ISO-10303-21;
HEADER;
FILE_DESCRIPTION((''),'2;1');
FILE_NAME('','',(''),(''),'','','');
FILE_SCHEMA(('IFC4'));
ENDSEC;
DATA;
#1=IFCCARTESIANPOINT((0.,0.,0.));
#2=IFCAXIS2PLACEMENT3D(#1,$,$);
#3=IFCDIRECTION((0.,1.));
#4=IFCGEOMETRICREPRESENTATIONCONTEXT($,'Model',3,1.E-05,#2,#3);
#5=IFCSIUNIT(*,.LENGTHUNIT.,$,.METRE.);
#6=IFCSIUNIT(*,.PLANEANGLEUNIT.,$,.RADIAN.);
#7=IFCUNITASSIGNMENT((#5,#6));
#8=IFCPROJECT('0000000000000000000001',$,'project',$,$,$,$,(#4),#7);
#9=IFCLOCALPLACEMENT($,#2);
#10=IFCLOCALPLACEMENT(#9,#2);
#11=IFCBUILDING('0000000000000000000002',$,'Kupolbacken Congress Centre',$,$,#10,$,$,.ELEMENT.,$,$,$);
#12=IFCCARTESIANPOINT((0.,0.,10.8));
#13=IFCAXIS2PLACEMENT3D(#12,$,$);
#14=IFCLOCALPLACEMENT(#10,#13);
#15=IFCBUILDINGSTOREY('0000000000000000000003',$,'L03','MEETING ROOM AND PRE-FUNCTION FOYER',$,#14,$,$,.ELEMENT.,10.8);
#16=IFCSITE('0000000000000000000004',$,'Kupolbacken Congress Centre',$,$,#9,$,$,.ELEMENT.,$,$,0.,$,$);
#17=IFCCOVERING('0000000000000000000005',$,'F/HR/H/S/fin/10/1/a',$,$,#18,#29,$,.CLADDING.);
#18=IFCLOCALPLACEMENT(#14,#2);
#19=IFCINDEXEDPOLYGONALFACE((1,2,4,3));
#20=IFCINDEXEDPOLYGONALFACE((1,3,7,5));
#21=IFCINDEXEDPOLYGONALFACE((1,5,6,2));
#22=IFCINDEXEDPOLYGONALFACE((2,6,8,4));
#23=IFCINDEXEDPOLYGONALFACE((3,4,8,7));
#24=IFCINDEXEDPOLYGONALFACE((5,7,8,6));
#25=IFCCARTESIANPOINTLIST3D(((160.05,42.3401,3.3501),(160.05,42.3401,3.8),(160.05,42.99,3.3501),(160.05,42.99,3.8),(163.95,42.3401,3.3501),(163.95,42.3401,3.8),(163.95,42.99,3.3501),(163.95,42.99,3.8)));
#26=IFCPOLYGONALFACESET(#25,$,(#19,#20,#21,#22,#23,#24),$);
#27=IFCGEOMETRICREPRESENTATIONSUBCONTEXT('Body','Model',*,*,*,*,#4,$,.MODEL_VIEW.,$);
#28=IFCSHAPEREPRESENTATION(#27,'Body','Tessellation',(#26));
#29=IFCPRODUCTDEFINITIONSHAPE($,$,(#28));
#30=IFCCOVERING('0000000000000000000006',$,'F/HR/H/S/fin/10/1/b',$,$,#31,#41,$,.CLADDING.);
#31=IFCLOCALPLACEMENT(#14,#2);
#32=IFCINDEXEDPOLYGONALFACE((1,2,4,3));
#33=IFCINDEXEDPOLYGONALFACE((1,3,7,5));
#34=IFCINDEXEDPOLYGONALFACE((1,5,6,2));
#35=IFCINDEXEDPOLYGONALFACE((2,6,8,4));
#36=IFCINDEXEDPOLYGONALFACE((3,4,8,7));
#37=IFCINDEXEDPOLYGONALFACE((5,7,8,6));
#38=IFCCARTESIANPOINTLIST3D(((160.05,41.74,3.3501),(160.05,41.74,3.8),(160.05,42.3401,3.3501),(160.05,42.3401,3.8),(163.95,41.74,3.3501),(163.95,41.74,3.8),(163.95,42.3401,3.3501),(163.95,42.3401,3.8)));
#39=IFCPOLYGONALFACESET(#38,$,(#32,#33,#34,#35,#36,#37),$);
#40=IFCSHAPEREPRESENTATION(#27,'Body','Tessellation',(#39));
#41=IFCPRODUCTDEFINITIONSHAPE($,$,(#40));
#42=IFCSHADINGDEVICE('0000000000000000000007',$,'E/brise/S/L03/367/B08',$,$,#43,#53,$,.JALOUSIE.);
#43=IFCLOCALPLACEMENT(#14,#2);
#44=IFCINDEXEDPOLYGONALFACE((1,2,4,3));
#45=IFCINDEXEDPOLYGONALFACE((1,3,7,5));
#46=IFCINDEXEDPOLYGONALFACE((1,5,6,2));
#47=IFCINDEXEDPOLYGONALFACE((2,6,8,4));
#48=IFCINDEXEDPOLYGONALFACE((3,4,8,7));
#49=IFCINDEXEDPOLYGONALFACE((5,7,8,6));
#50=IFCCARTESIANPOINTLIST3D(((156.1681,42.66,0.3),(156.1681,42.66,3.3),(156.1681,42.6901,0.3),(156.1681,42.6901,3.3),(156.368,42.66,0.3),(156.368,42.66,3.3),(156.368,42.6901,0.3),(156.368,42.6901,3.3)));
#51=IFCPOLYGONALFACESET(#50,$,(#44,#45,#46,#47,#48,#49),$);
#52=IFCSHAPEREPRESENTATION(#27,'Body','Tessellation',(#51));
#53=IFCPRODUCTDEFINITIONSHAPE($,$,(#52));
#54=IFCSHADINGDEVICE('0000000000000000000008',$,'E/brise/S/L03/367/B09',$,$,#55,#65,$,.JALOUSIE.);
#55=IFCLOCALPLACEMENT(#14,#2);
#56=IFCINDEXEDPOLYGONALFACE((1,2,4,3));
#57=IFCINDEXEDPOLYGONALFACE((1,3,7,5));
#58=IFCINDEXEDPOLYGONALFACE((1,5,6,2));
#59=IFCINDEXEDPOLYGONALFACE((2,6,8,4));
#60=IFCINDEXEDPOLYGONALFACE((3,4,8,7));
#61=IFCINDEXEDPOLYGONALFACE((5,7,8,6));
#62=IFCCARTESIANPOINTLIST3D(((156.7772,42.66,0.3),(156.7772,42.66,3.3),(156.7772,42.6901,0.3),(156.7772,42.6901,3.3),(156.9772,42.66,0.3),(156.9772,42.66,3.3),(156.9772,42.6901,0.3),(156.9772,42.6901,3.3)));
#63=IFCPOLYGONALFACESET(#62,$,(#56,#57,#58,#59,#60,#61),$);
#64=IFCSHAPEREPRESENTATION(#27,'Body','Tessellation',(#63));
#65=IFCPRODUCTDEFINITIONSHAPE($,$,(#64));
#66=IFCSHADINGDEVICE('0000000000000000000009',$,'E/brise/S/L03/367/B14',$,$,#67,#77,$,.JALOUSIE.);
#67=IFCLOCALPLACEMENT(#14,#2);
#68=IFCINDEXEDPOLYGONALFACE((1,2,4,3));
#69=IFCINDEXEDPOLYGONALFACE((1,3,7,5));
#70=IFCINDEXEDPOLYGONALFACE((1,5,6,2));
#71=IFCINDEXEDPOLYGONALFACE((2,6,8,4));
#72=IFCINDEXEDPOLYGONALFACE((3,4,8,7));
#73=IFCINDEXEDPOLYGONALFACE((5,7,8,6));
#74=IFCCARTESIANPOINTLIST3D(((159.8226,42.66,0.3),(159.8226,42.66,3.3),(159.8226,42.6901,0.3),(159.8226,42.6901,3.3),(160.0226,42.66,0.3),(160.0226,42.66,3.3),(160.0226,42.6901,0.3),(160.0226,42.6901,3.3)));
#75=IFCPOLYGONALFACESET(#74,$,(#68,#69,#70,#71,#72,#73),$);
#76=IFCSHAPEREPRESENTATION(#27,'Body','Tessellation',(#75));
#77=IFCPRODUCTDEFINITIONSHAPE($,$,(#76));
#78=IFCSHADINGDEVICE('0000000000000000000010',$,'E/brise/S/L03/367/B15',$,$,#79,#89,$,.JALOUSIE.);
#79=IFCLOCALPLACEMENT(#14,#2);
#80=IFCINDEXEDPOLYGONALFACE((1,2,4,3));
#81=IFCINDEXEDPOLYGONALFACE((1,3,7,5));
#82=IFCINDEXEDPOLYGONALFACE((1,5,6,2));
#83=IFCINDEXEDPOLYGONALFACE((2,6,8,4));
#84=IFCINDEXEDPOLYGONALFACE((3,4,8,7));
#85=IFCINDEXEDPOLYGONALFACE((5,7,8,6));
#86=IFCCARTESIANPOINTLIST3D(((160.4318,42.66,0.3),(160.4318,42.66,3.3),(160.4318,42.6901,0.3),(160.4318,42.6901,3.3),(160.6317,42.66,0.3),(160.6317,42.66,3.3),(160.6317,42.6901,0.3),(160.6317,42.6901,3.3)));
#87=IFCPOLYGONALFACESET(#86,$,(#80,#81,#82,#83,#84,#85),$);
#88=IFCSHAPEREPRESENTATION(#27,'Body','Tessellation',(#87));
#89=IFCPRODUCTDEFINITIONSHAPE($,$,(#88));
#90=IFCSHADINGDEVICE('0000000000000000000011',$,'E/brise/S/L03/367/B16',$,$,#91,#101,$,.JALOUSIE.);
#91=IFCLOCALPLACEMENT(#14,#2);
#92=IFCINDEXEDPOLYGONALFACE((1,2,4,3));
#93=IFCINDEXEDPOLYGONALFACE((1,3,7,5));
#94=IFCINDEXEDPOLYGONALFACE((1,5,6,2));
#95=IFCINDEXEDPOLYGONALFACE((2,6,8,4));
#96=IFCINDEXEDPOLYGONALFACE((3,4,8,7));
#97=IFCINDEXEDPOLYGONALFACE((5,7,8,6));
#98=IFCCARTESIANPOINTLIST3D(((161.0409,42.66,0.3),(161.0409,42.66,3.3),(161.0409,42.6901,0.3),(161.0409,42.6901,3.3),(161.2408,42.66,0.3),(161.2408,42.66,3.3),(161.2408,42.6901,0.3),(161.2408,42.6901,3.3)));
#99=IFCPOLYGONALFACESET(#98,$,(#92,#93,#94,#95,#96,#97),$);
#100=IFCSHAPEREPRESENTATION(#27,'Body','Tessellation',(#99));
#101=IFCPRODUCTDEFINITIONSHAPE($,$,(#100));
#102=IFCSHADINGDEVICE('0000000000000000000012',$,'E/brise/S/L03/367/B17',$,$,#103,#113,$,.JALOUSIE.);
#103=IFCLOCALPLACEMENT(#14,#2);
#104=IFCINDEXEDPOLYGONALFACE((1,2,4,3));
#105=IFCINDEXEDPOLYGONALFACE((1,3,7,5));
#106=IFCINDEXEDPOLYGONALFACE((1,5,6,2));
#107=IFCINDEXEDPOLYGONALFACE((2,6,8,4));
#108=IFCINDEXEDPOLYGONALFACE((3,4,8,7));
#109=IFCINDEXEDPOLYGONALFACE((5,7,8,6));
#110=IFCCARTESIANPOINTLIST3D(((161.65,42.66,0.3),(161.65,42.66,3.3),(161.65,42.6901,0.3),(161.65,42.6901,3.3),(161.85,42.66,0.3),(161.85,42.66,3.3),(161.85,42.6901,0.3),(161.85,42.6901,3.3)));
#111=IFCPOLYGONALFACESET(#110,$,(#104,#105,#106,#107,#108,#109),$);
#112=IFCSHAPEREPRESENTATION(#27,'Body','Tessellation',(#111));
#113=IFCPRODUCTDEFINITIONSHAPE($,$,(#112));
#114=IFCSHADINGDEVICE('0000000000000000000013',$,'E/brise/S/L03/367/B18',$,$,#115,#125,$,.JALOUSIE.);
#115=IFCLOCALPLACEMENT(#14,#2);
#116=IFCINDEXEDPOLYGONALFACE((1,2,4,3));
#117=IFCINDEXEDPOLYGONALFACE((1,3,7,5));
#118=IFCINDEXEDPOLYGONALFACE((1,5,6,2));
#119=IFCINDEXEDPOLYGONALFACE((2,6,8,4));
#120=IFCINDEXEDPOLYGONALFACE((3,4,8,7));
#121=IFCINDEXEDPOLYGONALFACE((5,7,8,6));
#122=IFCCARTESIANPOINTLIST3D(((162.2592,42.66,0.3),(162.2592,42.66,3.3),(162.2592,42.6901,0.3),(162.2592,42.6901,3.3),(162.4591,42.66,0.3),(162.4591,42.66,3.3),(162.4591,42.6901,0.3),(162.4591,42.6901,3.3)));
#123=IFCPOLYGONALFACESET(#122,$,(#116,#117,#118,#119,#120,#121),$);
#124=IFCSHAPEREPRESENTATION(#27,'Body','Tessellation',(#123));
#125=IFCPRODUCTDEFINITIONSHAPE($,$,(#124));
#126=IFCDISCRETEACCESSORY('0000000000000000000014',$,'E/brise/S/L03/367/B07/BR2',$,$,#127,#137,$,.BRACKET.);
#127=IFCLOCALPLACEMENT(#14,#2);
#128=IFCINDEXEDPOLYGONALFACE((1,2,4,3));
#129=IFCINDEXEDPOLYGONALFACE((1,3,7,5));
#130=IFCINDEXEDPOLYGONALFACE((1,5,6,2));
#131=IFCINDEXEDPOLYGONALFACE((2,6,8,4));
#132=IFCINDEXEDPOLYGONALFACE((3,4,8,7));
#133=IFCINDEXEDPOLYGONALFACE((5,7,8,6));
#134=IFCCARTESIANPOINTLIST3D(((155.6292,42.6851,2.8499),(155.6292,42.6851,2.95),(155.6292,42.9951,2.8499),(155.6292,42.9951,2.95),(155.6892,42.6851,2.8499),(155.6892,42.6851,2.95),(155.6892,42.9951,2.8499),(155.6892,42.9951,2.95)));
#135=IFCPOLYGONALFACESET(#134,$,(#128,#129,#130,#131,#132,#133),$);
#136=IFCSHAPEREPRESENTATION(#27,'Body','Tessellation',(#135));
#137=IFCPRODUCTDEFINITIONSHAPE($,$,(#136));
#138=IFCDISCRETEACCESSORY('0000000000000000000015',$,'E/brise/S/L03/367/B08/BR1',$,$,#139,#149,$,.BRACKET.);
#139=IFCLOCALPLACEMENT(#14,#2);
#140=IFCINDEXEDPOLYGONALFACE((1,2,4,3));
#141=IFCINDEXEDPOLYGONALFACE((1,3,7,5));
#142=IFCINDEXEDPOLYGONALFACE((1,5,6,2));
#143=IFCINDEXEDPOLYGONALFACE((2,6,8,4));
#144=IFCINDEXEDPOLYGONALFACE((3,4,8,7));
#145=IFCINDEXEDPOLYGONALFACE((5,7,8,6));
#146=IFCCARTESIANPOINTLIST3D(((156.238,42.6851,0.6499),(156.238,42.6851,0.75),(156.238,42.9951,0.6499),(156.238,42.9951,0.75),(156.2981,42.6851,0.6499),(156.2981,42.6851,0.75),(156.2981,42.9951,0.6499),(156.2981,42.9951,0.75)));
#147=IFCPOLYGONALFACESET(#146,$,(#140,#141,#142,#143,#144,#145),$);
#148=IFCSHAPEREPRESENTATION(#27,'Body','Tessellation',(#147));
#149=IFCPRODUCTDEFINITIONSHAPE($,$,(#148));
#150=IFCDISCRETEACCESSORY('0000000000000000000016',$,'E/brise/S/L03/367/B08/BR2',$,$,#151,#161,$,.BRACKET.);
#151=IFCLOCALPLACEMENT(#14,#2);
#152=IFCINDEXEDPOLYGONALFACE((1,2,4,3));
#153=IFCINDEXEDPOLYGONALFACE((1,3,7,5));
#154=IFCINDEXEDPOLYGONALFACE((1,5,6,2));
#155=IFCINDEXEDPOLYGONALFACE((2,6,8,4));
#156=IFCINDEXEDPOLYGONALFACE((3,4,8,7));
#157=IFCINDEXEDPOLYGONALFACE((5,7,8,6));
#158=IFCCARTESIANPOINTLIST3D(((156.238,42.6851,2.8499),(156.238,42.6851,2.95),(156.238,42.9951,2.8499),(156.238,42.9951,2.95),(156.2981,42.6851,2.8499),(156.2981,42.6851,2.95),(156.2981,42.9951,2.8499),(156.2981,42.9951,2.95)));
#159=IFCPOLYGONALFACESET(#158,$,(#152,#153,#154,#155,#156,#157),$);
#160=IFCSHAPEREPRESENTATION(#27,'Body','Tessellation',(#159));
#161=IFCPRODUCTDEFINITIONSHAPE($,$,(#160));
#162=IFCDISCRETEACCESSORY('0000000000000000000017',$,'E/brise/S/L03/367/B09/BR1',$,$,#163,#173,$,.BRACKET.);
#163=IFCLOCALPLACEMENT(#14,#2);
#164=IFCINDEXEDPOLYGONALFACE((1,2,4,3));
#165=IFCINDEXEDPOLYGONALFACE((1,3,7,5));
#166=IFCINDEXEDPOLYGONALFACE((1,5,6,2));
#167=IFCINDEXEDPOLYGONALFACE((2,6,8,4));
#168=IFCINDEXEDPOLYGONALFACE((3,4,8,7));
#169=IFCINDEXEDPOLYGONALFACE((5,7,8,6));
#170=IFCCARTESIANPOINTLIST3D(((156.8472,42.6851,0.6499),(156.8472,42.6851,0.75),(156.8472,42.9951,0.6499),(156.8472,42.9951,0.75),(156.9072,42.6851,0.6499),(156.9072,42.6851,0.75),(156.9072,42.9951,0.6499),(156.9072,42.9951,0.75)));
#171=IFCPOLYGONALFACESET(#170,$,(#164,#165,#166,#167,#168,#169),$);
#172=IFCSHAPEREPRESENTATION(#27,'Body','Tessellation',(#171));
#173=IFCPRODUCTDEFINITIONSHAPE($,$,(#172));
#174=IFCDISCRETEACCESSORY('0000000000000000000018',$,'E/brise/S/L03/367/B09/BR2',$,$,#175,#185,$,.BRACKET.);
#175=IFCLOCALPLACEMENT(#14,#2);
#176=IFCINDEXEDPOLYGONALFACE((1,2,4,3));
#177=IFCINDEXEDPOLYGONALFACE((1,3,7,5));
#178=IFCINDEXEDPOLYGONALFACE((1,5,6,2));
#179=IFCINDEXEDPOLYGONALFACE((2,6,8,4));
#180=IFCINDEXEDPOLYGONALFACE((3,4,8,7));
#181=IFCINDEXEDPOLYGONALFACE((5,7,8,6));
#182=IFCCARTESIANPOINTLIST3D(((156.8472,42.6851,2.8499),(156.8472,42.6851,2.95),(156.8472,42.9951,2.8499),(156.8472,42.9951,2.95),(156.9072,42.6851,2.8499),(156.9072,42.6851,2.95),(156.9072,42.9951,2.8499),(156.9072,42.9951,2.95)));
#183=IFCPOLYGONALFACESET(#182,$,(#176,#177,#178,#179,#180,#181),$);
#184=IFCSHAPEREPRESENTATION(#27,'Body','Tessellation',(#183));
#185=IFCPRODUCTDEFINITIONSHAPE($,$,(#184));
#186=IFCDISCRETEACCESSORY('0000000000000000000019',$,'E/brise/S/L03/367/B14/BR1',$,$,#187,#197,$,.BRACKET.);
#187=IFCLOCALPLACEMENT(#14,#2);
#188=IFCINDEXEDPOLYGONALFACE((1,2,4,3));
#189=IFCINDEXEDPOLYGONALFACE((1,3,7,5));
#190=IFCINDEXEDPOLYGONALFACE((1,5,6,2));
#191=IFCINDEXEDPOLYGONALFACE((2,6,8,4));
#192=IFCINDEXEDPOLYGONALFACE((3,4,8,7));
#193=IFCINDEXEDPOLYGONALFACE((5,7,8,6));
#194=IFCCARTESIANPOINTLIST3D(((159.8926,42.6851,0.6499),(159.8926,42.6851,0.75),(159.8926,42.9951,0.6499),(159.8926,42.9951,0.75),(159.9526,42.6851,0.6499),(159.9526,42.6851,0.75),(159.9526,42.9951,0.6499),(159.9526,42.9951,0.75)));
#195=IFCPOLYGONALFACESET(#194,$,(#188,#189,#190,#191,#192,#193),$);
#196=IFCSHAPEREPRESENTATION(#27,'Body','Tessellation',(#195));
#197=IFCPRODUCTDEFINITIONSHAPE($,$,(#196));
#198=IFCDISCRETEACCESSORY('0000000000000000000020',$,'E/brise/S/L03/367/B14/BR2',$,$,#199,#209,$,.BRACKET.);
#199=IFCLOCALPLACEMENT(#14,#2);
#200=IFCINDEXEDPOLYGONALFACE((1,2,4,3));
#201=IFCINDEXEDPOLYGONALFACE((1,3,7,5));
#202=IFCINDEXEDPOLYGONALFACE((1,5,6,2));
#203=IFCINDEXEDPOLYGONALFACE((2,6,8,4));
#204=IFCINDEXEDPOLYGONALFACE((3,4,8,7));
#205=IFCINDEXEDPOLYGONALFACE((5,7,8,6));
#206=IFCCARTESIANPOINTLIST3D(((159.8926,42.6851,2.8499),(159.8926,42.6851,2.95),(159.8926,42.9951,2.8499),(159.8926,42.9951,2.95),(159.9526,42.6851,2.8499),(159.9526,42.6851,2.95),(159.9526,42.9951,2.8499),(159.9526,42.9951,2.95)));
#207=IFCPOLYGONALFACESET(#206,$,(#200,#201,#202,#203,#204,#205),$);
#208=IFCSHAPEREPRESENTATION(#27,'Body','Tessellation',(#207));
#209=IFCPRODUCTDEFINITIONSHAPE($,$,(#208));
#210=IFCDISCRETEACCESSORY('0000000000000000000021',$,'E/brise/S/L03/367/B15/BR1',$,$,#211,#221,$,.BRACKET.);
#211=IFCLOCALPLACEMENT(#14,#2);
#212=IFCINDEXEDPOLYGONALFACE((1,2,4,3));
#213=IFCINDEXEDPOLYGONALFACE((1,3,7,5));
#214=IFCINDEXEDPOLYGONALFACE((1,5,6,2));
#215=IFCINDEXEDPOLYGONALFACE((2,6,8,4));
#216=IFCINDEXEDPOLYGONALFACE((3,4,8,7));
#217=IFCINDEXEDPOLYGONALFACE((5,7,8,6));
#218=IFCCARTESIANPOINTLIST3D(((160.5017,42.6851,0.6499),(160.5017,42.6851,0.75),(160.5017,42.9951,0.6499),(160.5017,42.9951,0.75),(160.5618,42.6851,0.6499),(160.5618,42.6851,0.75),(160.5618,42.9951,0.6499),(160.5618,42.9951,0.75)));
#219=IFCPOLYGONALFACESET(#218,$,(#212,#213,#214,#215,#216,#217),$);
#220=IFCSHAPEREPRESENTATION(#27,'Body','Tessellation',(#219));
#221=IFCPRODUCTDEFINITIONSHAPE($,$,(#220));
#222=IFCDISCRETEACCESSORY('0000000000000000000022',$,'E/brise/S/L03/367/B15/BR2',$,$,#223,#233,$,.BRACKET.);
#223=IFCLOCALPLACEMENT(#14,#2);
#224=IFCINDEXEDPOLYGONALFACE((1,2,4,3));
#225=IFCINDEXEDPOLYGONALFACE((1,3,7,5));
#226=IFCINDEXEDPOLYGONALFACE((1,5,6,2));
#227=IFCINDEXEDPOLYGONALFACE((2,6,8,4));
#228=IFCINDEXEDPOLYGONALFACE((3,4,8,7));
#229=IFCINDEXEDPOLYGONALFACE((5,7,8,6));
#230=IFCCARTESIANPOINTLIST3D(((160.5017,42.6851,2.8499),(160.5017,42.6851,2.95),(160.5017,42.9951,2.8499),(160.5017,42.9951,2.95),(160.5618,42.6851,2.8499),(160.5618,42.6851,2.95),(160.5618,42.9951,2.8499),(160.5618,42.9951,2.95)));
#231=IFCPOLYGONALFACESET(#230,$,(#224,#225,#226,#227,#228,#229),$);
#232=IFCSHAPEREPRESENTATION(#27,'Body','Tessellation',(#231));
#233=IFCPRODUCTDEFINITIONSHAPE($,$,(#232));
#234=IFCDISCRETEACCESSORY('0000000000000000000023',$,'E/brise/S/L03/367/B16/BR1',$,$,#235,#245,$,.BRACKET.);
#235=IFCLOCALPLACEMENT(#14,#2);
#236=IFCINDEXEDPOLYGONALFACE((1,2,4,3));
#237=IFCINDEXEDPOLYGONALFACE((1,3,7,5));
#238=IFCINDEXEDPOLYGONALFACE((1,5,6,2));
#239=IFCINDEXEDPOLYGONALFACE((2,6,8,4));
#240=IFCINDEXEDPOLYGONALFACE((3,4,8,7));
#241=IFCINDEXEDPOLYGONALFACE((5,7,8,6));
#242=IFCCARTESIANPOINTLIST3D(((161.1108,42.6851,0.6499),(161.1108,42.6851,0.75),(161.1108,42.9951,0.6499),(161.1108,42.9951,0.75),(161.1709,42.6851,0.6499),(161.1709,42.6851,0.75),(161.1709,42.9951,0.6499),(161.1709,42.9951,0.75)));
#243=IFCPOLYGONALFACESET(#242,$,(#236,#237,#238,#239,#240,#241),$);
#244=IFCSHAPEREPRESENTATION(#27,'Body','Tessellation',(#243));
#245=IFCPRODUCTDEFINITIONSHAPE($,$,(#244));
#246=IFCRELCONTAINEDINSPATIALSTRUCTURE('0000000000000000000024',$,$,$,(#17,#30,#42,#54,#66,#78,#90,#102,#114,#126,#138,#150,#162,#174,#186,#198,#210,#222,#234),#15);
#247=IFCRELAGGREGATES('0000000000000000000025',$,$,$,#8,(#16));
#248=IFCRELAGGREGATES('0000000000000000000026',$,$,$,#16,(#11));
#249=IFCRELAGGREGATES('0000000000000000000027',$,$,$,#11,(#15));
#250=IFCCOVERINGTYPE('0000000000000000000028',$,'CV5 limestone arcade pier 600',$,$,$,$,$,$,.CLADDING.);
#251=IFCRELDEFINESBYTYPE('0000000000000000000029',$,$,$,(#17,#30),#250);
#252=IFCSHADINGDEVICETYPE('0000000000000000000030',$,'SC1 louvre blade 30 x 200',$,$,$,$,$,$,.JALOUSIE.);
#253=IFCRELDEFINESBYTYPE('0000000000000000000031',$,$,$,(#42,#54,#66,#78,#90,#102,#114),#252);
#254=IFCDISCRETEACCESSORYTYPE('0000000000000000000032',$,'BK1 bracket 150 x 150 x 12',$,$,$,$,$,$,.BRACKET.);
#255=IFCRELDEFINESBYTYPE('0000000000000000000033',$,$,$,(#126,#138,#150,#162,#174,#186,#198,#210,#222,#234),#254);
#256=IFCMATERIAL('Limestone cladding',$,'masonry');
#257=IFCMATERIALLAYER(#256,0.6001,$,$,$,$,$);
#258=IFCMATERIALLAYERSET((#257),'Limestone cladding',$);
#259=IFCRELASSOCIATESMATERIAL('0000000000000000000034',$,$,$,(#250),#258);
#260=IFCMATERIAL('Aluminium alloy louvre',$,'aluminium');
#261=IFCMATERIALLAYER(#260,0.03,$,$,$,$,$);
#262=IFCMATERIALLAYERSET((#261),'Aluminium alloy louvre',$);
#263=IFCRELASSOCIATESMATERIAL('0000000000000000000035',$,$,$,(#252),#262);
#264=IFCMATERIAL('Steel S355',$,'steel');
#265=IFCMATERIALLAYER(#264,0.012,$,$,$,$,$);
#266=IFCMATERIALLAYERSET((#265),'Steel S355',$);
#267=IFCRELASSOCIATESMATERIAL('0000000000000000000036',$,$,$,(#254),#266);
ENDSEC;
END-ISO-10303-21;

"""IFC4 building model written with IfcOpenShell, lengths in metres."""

from ifc_helpers import new_model, si_unit, direction, frame, origin, origin_2d, place, context, subcontext, project, spatial, rectangle, extrude, material, layer, layer_set, type_object, element, save


model = new_model("IFC4")

# Units and contexts
model_context = context("Model", 3, precision=1e-05, world=origin(), true_north=direction((0.0, 1.0)))
body_context = subcontext(model_context, "Body", "Model", "MODEL_VIEW")
ifc_project = project(units=[si_unit("LENGTHUNIT", "METRE"), si_unit("PLANEANGLEUNIT", "RADIAN")], contexts=[model_context])

# Site, building, storey
site_placement = place(None, origin())
site = spatial("IfcSite", under=ifc_project, at=site_placement, Name="Kupolbacken Congress Centre", CompositionType="ELEMENT", RefElevation=0.0)
building_placement = place(site_placement, origin())
building = spatial("IfcBuilding", under=site, at=building_placement, Name="Kupolbacken Congress Centre", CompositionType="ELEMENT")
storey_placement = place(building_placement, frame((0.0, 0.0, 10.8)))
storey = spatial("IfcBuildingStorey", under=building, at=storey_placement, Name="L03", Description="MEETING ROOM AND PRE-FUNCTION FOYER", CompositionType="ELEMENT", Elevation=10.8)

# Coverings
ifc_material_1 = material(Name="Limestone cladding", Category="masonry")
ifc_layer_1 = layer(ifc_material_1, 0.6001)
ifc_layer_set_1 = layer_set([ifc_layer_1], Name="Limestone cladding")
covering_type = type_object("IfcCoveringType", Name="CV5 limestone arcade pier 600", PredefinedType="CLADDING", material=ifc_layer_set_1)
covering_1_placement = place(storey_placement, frame((162.0, 42.665, 3.3501), z_axis=(0.0, 0.0, 1.0), x_axis=(1.0, 0.0, 0.0)))
element("IfcCovering", 1, at=covering_1_placement, inside=storey, type_object=covering_type, Name="F/HR/H/S/fin/10/1/a", PredefinedType="CLADDING", context=body_context, shape_type="SweptSolid", body=[
    extrude(rectangle(XDim=3.8999, YDim=0.6499, at=origin_2d()), origin(), (0.0, 0.0, 1.0), 0.45),
])
covering_2_placement = place(storey_placement, frame((162.0, 42.04, 3.3501), z_axis=(0.0, 0.0, 1.0), x_axis=(1.0, 0.0, 0.0)))
element("IfcCovering", 2, at=covering_2_placement, inside=storey, type_object=covering_type, Name="F/HR/H/S/fin/10/1/b", PredefinedType="CLADDING", context=body_context, shape_type="SweptSolid", body=[
    extrude(rectangle(XDim=3.8999, YDim=0.6001, at=origin_2d()), origin(), (0.0, 0.0, 1.0), 0.45),
])

# Shading devices
ifc_material_2 = material(Name="Aluminium alloy louvre", Category="aluminium")
ifc_layer_2 = layer(ifc_material_2, 0.03)
ifc_layer_set_2 = layer_set([ifc_layer_2], Name="Aluminium alloy louvre")
shading_device_type = type_object("IfcShadingDeviceType", Name="SC1 louvre blade 30 x 200", PredefinedType="JALOUSIE", material=ifc_layer_set_2)
for number, where, z_axis, x_axis, name in (
    (3, (156.2681, 42.675, 0.3), (0.0, 0.0, 1.0), (1.0, 0.0, 0.0), "E/brise/S/L03/367/B08"),
    (4, (156.8772, 42.675, 0.3), (0.0, 0.0, 1.0), (1.0, 0.0, 0.0), "E/brise/S/L03/367/B09"),
    (5, (159.9226, 42.675, 0.3), (0.0, 0.0, 1.0), (1.0, 0.0, 0.0), "E/brise/S/L03/367/B14"),
    (6, (160.5317, 42.675, 0.3), (0.0, 0.0, 1.0), (1.0, 0.0, 0.0), "E/brise/S/L03/367/B15"),
    (7, (161.1409, 42.675, 0.3), (0.0, 0.0, 1.0), (1.0, 0.0, 0.0), "E/brise/S/L03/367/B16"),
    (8, (161.75, 42.675, 0.3), (0.0, 0.0, 1.0), (1.0, 0.0, 0.0), "E/brise/S/L03/367/B17"),
    (9, (162.3591, 42.675, 0.3), (0.0, 0.0, 1.0), (1.0, 0.0, 0.0), "E/brise/S/L03/367/B18"),
):
    element("IfcShadingDevice", number, at=place(storey_placement, frame(where, z_axis=z_axis, x_axis=x_axis)), inside=storey, type_object=shading_device_type, Name=name, PredefinedType="JALOUSIE", context=body_context, shape_type="SweptSolid", body=[
        extrude(rectangle(XDim=0.2, YDim=0.03, at=origin_2d()), origin(), (0.0, 0.0, 1.0), 3.0),
    ])

# Discrete accessories
ifc_material_3 = material(Name="Steel S355", Category="steel")
ifc_layer_3 = layer(ifc_material_3, 0.012)
ifc_layer_set_3 = layer_set([ifc_layer_3], Name="Steel S355")
discrete_accessory_type = type_object("IfcDiscreteAccessoryType", Name="BK1 bracket 150 x 150 x 12", PredefinedType="BRACKET", material=ifc_layer_set_3)
for number, where, z_axis, x_axis, name in (
    (10, (155.6592, 42.8401, 2.8499), (0.0, 0.0, 1.0), (1.0, 0.0, 0.0), "E/brise/S/L03/367/B07/BR2"),
    (11, (156.2681, 42.8401, 0.6499), (0.0, 0.0, 1.0), (1.0, 0.0, 0.0), "E/brise/S/L03/367/B08/BR1"),
    (12, (156.2681, 42.8401, 2.8499), (0.0, 0.0, 1.0), (1.0, 0.0, 0.0), "E/brise/S/L03/367/B08/BR2"),
    (13, (156.8772, 42.8401, 0.6499), (0.0, 0.0, 1.0), (1.0, 0.0, 0.0), "E/brise/S/L03/367/B09/BR1"),
    (14, (156.8772, 42.8401, 2.8499), (0.0, 0.0, 1.0), (1.0, 0.0, 0.0), "E/brise/S/L03/367/B09/BR2"),
    (15, (159.9226, 42.8401, 0.6499), (0.0, 0.0, 1.0), (1.0, 0.0, 0.0), "E/brise/S/L03/367/B14/BR1"),
    (16, (159.9226, 42.8401, 2.8499), (0.0, 0.0, 1.0), (1.0, 0.0, 0.0), "E/brise/S/L03/367/B14/BR2"),
    (17, (160.5317, 42.8401, 0.6499), (0.0, 0.0, 1.0), (1.0, 0.0, 0.0), "E/brise/S/L03/367/B15/BR1"),
    (18, (160.5317, 42.8401, 2.8499), (0.0, 0.0, 1.0), (1.0, 0.0, 0.0), "E/brise/S/L03/367/B15/BR2"),
    (19, (161.1409, 42.8401, 0.6499), (0.0, 0.0, 1.0), (1.0, 0.0, 0.0), "E/brise/S/L03/367/B16/BR1"),
):
    element("IfcDiscreteAccessory", number, at=place(storey_placement, frame(where, z_axis=z_axis, x_axis=x_axis)), inside=storey, type_object=discrete_accessory_type, Name=name, PredefinedType="BRACKET", context=body_context, shape_type="SweptSolid", body=[
        extrude(rectangle(XDim=0.0601, YDim=0.3101, at=origin_2d()), origin(), (0.0, 0.0, 1.0), 0.1001),
    ])

save(model, "model.ifc")
